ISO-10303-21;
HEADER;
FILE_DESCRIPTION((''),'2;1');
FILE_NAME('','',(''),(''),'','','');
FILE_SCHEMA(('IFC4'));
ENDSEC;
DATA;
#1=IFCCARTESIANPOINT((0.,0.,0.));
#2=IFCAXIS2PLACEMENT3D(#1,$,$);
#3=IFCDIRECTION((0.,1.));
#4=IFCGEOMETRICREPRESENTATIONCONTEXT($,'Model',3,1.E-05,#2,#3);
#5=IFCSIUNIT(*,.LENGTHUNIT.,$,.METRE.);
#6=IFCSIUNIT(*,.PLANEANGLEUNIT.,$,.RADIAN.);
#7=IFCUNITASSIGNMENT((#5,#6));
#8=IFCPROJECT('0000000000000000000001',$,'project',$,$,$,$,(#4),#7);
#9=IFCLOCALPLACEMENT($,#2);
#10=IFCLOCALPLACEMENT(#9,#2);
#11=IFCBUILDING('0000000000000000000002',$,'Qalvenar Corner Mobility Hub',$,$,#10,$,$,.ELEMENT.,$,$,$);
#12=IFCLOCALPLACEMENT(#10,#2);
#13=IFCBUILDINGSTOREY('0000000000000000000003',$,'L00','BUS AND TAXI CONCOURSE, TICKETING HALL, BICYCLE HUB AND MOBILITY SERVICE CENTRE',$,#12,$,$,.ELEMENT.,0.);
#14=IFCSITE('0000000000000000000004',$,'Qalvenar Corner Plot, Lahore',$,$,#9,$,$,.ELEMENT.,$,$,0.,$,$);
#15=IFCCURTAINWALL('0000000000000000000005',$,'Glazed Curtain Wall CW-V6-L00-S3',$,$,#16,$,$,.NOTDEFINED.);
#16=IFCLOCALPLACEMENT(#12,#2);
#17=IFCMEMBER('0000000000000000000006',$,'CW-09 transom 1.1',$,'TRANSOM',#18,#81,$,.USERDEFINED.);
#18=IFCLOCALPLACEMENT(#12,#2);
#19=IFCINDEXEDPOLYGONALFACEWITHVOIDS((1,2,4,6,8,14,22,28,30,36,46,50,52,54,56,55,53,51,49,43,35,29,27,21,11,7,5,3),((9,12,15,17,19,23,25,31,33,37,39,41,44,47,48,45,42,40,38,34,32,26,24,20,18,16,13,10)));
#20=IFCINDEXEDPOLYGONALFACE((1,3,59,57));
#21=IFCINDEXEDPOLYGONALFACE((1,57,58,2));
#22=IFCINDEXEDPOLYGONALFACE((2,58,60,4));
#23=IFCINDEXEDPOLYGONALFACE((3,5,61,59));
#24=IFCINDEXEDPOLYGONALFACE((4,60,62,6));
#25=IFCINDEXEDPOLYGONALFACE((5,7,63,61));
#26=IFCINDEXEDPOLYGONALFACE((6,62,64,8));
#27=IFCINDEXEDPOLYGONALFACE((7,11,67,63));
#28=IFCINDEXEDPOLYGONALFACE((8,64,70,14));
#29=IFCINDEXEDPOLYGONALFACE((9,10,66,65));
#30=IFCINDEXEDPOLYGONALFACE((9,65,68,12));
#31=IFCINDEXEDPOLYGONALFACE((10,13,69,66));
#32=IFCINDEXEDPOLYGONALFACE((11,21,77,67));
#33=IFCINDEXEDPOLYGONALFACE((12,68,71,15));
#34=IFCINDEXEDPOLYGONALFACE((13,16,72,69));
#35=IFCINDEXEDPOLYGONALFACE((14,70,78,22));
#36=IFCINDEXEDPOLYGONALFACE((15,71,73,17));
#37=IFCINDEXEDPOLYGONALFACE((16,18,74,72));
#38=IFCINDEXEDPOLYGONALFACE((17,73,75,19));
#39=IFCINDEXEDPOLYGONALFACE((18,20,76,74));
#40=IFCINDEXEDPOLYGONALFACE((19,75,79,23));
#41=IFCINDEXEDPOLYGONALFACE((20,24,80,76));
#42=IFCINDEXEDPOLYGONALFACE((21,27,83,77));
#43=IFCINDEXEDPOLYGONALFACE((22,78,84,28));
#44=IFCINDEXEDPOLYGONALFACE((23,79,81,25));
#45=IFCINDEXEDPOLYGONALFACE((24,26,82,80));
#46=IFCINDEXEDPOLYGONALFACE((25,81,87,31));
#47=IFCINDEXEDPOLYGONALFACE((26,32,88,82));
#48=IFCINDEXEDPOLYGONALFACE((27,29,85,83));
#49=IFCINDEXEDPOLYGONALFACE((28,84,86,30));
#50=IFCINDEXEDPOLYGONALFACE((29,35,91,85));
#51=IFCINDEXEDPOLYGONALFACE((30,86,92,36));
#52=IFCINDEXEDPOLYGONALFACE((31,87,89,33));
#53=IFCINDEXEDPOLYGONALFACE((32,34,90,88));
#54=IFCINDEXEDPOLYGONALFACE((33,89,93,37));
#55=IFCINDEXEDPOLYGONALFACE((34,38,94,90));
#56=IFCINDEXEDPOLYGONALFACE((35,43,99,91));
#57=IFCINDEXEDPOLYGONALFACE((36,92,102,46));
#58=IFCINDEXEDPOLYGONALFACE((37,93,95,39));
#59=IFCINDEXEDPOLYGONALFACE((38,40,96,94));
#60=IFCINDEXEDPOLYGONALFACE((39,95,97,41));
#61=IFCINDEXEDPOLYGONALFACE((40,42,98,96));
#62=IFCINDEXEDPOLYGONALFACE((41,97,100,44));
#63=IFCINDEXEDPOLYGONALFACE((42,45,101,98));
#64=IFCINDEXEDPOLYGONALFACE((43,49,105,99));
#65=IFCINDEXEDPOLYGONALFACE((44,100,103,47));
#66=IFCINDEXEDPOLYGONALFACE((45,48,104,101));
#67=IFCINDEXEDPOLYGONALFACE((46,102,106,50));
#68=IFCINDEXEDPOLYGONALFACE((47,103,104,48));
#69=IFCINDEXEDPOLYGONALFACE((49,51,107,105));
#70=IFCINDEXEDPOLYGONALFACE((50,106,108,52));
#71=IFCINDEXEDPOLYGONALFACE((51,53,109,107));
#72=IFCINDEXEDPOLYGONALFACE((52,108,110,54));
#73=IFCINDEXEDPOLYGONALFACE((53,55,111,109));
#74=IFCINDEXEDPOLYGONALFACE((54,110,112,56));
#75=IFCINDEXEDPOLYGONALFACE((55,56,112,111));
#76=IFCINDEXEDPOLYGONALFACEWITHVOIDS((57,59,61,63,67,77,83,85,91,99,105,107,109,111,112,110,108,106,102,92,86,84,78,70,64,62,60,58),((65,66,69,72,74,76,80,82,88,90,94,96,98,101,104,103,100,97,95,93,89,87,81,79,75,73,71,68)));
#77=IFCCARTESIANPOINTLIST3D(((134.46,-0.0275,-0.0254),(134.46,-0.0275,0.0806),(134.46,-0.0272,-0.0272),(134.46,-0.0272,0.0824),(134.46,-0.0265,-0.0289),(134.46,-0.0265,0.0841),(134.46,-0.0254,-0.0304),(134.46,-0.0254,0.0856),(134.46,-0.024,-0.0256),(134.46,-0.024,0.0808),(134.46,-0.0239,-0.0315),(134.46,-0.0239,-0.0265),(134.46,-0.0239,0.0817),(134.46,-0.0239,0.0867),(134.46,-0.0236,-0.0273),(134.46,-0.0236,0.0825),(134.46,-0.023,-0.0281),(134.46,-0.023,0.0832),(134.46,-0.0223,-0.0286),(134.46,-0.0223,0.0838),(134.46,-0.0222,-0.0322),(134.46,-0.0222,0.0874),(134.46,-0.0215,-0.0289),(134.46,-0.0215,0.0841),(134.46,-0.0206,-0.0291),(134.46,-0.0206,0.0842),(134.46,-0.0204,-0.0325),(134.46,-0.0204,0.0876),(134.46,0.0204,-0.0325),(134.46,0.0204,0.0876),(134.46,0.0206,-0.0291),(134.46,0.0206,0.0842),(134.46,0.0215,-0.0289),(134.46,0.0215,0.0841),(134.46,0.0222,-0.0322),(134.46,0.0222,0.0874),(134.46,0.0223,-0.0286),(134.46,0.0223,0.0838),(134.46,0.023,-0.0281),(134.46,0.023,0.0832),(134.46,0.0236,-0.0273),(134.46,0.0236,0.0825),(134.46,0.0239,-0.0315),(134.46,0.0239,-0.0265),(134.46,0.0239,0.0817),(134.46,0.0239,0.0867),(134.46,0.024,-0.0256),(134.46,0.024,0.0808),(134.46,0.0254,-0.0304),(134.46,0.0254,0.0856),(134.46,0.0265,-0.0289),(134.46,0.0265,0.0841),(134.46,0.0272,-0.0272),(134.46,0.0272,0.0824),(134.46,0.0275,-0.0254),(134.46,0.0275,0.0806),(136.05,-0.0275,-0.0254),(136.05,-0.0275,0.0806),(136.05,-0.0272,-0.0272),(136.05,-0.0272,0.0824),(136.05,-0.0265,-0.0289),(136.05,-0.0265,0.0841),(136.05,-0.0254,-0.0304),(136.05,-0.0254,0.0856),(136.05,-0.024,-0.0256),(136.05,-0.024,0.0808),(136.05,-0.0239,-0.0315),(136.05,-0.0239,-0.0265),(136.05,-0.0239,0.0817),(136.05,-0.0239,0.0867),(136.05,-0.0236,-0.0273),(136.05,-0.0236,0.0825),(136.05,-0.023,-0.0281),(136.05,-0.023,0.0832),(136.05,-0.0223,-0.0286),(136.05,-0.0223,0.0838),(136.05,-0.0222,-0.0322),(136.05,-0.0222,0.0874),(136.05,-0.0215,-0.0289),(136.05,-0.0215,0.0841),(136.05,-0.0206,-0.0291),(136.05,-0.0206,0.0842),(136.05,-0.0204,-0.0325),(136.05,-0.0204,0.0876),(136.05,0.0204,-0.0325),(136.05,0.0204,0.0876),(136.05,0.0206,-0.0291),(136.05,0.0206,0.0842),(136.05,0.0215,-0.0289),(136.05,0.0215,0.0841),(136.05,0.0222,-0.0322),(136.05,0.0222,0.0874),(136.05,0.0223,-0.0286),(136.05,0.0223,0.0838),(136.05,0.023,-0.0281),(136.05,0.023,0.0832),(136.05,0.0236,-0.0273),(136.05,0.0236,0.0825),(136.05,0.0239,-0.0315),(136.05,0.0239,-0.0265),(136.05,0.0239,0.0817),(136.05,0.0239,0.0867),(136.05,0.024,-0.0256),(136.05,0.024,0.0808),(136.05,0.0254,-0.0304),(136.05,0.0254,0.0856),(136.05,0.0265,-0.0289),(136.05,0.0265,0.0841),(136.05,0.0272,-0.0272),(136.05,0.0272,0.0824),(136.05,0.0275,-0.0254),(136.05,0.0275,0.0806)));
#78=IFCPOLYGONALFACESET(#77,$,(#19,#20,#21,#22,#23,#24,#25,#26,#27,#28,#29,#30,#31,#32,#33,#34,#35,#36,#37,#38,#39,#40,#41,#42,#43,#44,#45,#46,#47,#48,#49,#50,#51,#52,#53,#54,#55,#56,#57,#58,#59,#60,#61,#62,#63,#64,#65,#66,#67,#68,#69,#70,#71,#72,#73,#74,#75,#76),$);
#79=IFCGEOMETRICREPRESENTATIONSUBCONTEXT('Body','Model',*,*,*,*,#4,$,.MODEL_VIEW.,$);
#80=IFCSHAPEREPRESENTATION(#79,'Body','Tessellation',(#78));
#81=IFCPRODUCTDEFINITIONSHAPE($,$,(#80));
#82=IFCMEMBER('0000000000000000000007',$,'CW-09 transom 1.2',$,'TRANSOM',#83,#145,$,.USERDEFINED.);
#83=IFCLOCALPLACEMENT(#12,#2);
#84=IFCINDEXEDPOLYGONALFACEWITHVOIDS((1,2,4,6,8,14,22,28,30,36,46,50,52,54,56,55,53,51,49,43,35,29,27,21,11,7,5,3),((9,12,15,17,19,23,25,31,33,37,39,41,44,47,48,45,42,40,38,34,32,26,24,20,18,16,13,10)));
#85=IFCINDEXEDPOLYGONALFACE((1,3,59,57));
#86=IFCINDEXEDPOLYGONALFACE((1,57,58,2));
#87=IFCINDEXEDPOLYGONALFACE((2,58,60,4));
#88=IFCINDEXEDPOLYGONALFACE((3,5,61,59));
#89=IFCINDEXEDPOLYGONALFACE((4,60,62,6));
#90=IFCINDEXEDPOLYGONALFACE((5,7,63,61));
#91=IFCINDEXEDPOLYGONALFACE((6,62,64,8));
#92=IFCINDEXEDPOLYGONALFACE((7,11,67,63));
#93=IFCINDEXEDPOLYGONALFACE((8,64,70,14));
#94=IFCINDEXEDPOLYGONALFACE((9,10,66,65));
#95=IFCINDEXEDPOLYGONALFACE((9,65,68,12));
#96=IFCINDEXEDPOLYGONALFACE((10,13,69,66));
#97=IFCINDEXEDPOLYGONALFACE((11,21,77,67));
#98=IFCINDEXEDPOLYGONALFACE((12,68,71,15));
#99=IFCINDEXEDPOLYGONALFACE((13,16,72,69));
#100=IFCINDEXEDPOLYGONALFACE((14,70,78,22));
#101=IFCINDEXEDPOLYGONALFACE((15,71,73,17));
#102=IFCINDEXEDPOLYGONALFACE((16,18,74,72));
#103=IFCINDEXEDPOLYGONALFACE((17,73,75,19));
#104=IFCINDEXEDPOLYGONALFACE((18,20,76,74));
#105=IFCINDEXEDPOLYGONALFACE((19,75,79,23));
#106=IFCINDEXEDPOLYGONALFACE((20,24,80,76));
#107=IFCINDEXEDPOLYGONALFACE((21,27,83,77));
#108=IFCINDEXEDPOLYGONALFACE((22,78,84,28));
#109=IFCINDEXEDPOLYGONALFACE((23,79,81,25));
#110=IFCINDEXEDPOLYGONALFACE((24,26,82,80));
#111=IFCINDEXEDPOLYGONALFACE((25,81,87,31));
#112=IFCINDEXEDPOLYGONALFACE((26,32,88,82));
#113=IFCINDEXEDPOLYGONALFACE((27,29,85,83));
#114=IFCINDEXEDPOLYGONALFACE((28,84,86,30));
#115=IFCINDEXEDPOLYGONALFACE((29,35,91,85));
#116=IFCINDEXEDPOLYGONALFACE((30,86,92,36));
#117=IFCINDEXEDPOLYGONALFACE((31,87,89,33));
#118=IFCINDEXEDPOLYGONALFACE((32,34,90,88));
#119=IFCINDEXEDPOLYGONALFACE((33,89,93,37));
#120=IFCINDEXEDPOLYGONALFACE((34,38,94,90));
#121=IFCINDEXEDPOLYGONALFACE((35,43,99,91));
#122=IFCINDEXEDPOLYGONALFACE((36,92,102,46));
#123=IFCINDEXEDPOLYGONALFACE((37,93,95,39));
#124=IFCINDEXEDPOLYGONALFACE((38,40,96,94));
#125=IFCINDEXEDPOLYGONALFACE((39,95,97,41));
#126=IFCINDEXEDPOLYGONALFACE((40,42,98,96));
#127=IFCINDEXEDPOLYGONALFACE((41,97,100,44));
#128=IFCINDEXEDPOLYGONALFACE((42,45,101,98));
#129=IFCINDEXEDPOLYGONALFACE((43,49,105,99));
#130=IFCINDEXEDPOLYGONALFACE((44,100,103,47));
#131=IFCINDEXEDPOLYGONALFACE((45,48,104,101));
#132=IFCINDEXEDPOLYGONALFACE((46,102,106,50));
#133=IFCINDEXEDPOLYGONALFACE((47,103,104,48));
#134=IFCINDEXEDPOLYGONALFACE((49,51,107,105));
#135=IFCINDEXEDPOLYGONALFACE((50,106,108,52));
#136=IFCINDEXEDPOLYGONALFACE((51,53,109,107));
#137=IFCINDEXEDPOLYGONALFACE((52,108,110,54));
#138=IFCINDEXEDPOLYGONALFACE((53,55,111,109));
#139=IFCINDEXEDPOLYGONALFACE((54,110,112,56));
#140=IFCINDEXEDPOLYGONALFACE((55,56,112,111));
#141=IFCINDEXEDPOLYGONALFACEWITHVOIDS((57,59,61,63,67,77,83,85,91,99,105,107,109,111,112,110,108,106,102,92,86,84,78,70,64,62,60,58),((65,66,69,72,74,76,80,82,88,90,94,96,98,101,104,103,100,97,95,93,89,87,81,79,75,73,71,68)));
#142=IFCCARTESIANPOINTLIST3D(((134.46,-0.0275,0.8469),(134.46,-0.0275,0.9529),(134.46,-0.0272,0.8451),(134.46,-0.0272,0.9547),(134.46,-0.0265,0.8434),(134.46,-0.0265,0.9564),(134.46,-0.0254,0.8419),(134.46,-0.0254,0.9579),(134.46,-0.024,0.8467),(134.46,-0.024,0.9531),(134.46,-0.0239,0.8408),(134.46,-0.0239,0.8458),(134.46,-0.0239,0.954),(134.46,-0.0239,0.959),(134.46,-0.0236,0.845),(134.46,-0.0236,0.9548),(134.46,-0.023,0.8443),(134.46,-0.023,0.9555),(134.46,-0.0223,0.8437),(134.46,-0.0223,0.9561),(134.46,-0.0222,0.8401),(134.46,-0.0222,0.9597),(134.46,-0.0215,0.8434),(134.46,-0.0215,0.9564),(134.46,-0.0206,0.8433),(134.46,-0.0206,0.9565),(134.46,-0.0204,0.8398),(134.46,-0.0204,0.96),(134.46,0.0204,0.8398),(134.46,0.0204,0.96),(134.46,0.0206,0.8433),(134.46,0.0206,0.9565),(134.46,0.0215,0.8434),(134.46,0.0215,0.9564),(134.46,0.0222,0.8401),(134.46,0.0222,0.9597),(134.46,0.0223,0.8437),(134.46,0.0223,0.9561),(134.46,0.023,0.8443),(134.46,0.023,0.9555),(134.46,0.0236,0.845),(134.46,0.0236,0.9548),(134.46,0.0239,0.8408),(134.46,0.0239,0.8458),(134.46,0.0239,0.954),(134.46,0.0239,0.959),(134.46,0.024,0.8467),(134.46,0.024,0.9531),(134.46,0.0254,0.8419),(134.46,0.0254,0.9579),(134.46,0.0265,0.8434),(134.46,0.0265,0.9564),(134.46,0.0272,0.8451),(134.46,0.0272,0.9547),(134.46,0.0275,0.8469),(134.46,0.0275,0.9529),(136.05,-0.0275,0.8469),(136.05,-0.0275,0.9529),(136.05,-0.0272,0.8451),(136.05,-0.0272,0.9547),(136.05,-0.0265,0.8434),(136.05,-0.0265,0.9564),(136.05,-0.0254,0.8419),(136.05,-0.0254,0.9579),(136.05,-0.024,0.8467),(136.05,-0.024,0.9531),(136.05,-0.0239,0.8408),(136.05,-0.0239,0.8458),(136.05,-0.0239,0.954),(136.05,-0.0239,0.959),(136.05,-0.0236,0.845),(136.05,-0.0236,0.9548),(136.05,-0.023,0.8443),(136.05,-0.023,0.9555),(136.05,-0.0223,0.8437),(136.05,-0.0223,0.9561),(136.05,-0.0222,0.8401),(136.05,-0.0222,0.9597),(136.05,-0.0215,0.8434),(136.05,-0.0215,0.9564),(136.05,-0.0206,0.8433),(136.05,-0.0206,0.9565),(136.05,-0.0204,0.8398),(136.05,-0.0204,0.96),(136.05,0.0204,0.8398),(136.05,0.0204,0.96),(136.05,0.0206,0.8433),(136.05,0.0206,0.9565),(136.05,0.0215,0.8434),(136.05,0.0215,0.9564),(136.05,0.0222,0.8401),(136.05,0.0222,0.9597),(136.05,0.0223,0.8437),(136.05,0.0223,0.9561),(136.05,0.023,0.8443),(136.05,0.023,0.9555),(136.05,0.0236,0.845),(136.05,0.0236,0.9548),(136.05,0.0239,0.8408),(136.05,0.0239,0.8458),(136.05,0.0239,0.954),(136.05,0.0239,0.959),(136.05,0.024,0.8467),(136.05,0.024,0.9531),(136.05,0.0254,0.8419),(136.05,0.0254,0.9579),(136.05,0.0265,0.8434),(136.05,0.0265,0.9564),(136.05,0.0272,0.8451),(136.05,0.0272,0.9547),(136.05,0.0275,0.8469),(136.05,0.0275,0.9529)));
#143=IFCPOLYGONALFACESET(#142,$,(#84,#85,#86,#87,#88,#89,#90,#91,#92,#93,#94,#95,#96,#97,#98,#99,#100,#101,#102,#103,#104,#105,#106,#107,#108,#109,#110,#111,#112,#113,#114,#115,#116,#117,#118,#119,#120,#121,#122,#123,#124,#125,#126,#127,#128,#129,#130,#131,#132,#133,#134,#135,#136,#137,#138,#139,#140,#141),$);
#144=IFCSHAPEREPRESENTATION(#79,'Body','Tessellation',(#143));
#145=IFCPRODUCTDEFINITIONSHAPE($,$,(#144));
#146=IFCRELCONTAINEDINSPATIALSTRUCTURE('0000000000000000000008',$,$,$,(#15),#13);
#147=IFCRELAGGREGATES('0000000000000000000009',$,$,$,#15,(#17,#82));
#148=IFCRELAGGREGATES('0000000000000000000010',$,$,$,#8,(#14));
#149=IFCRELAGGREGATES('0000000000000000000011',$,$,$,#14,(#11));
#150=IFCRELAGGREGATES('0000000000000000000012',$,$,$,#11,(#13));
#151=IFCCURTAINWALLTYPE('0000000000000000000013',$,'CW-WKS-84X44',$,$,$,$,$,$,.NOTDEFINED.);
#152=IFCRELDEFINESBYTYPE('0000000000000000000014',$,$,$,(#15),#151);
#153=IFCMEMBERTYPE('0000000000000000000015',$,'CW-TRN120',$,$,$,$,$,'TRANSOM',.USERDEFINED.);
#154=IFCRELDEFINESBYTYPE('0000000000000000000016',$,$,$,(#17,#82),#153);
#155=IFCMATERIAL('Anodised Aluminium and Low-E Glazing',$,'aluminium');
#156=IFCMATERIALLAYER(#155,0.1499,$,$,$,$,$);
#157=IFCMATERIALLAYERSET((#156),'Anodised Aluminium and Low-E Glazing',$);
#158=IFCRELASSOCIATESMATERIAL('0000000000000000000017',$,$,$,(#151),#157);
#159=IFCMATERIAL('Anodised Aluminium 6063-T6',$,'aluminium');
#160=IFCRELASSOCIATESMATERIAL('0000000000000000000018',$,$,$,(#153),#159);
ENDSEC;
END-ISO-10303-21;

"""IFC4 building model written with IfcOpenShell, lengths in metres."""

from ifc_helpers import new_model, si_unit, direction, frame, origin, origin_2d, place, context, subcontext, project, spatial, hollow_rectangle, extrude, material, layer, layer_set, material_profile, profile_set, type_object, element, aggregate, save


model = new_model("IFC4")

# Units and contexts
model_context = context("Model", 3, precision=1e-05, world=origin(), true_north=direction((0.0, 1.0)))
body_context = subcontext(model_context, "Body", "Model", "MODEL_VIEW")
ifc_project = project(units=[si_unit("LENGTHUNIT", "METRE"), si_unit("PLANEANGLEUNIT", "RADIAN")], contexts=[model_context])

# Site, building, storey
site_placement = place(None, origin())
site = spatial("IfcSite", under=ifc_project, at=site_placement, Name="Qalvenar Corner Plot, Lahore", CompositionType="ELEMENT", RefElevation=0.0)
building_placement = place(site_placement, origin())
building = spatial("IfcBuilding", under=site, at=building_placement, Name="Qalvenar Corner Mobility Hub", CompositionType="ELEMENT")
storey_placement = place(building_placement, origin())
storey = spatial("IfcBuildingStorey", under=building, at=storey_placement, Name="L00", Description="BUS AND TAXI CONCOURSE, TICKETING HALL, BICYCLE HUB AND MOBILITY SERVICE CENTRE", CompositionType="ELEMENT", Elevation=0.0)

# Shared definitions
ifc_material_1 = material(Name="Anodised Aluminium and Low-E Glazing", Category="aluminium")
ifc_layer_1 = layer(ifc_material_1, 0.1499)
ifc_layer_set_1 = layer_set([ifc_layer_1], Name="Anodised Aluminium and Low-E Glazing")
curtain_wall_type = type_object("IfcCurtainWallType", Name="CW-WKS-84X44", PredefinedType="NOTDEFINED", material=ifc_layer_set_1)
ifc_material_2 = material(Name="Anodised Aluminium 6063-T6", Category="aluminium")

# Curtain wall
curtain_wall_1_placement = place(storey_placement, origin())
curtain_wall_1 = element("IfcCurtainWall", 1, at=curtain_wall_1_placement, inside=storey, type_object=curtain_wall_type, Name="Glazed Curtain Wall CW-V6-L00-S3", PredefinedType="NOTDEFINED")

# Members
ifc_material_profile_1 = material_profile(ifc_material_2, hollow_rectangle(XDim=0.0549, YDim=0.1201, WallThickness=0.0034, InnerFilletRadius=0.0034, OuterFilletRadius=0.0071, at=origin_2d()), Name="RHS120x55x3.5")
ifc_profile_set_1 = profile_set([ifc_material_profile_1], Name="Anodised Aluminium 6063-T6")
member_type_1 = type_object("IfcMemberType", Name="CW-TRN120", ElementType="TRANSOM", PredefinedType="USERDEFINED", material=ifc_profile_set_1)
member_1_placement = place(storey_placement, frame((134.46, 0.0, 0.0276), z_axis=(1.0, 0.0, 0.0), x_axis=(0.0, 1.0, 0.0)))
member_1 = element("IfcMember", 2, at=member_1_placement, type_object=member_type_1, Name="CW-09 transom 1.1", ObjectType="TRANSOM", PredefinedType="USERDEFINED", context=body_context, shape_type="SweptSolid", body=[
    extrude(hollow_rectangle(XDim=0.0549, YDim=0.1201, WallThickness=0.0034, InnerFilletRadius=0.0034, OuterFilletRadius=0.0071, at=origin_2d()), origin(), (0.0, 0.0, 1.0), 1.5901),
])
member_2_placement = place(storey_placement, frame((134.46, 0.0, 0.8999), z_axis=(1.0, 0.0, 0.0), x_axis=(0.0, 1.0, 0.0)))
member_2 = element("IfcMember", 3, at=member_2_placement, type_object=member_type_1, Name="CW-09 transom 1.2", ObjectType="TRANSOM", PredefinedType="USERDEFINED", context=body_context, shape_type="SweptSolid", body=[
    extrude(hollow_rectangle(XDim=0.0549, YDim=0.1201, WallThickness=0.0034, InnerFilletRadius=0.0034, OuterFilletRadius=0.0071, at=origin_2d()), origin(), (0.0, 0.0, 1.0), 1.5901),
])

aggregate(curtain_wall_1, [member_1, member_2])

save(model, "model.ifc")
